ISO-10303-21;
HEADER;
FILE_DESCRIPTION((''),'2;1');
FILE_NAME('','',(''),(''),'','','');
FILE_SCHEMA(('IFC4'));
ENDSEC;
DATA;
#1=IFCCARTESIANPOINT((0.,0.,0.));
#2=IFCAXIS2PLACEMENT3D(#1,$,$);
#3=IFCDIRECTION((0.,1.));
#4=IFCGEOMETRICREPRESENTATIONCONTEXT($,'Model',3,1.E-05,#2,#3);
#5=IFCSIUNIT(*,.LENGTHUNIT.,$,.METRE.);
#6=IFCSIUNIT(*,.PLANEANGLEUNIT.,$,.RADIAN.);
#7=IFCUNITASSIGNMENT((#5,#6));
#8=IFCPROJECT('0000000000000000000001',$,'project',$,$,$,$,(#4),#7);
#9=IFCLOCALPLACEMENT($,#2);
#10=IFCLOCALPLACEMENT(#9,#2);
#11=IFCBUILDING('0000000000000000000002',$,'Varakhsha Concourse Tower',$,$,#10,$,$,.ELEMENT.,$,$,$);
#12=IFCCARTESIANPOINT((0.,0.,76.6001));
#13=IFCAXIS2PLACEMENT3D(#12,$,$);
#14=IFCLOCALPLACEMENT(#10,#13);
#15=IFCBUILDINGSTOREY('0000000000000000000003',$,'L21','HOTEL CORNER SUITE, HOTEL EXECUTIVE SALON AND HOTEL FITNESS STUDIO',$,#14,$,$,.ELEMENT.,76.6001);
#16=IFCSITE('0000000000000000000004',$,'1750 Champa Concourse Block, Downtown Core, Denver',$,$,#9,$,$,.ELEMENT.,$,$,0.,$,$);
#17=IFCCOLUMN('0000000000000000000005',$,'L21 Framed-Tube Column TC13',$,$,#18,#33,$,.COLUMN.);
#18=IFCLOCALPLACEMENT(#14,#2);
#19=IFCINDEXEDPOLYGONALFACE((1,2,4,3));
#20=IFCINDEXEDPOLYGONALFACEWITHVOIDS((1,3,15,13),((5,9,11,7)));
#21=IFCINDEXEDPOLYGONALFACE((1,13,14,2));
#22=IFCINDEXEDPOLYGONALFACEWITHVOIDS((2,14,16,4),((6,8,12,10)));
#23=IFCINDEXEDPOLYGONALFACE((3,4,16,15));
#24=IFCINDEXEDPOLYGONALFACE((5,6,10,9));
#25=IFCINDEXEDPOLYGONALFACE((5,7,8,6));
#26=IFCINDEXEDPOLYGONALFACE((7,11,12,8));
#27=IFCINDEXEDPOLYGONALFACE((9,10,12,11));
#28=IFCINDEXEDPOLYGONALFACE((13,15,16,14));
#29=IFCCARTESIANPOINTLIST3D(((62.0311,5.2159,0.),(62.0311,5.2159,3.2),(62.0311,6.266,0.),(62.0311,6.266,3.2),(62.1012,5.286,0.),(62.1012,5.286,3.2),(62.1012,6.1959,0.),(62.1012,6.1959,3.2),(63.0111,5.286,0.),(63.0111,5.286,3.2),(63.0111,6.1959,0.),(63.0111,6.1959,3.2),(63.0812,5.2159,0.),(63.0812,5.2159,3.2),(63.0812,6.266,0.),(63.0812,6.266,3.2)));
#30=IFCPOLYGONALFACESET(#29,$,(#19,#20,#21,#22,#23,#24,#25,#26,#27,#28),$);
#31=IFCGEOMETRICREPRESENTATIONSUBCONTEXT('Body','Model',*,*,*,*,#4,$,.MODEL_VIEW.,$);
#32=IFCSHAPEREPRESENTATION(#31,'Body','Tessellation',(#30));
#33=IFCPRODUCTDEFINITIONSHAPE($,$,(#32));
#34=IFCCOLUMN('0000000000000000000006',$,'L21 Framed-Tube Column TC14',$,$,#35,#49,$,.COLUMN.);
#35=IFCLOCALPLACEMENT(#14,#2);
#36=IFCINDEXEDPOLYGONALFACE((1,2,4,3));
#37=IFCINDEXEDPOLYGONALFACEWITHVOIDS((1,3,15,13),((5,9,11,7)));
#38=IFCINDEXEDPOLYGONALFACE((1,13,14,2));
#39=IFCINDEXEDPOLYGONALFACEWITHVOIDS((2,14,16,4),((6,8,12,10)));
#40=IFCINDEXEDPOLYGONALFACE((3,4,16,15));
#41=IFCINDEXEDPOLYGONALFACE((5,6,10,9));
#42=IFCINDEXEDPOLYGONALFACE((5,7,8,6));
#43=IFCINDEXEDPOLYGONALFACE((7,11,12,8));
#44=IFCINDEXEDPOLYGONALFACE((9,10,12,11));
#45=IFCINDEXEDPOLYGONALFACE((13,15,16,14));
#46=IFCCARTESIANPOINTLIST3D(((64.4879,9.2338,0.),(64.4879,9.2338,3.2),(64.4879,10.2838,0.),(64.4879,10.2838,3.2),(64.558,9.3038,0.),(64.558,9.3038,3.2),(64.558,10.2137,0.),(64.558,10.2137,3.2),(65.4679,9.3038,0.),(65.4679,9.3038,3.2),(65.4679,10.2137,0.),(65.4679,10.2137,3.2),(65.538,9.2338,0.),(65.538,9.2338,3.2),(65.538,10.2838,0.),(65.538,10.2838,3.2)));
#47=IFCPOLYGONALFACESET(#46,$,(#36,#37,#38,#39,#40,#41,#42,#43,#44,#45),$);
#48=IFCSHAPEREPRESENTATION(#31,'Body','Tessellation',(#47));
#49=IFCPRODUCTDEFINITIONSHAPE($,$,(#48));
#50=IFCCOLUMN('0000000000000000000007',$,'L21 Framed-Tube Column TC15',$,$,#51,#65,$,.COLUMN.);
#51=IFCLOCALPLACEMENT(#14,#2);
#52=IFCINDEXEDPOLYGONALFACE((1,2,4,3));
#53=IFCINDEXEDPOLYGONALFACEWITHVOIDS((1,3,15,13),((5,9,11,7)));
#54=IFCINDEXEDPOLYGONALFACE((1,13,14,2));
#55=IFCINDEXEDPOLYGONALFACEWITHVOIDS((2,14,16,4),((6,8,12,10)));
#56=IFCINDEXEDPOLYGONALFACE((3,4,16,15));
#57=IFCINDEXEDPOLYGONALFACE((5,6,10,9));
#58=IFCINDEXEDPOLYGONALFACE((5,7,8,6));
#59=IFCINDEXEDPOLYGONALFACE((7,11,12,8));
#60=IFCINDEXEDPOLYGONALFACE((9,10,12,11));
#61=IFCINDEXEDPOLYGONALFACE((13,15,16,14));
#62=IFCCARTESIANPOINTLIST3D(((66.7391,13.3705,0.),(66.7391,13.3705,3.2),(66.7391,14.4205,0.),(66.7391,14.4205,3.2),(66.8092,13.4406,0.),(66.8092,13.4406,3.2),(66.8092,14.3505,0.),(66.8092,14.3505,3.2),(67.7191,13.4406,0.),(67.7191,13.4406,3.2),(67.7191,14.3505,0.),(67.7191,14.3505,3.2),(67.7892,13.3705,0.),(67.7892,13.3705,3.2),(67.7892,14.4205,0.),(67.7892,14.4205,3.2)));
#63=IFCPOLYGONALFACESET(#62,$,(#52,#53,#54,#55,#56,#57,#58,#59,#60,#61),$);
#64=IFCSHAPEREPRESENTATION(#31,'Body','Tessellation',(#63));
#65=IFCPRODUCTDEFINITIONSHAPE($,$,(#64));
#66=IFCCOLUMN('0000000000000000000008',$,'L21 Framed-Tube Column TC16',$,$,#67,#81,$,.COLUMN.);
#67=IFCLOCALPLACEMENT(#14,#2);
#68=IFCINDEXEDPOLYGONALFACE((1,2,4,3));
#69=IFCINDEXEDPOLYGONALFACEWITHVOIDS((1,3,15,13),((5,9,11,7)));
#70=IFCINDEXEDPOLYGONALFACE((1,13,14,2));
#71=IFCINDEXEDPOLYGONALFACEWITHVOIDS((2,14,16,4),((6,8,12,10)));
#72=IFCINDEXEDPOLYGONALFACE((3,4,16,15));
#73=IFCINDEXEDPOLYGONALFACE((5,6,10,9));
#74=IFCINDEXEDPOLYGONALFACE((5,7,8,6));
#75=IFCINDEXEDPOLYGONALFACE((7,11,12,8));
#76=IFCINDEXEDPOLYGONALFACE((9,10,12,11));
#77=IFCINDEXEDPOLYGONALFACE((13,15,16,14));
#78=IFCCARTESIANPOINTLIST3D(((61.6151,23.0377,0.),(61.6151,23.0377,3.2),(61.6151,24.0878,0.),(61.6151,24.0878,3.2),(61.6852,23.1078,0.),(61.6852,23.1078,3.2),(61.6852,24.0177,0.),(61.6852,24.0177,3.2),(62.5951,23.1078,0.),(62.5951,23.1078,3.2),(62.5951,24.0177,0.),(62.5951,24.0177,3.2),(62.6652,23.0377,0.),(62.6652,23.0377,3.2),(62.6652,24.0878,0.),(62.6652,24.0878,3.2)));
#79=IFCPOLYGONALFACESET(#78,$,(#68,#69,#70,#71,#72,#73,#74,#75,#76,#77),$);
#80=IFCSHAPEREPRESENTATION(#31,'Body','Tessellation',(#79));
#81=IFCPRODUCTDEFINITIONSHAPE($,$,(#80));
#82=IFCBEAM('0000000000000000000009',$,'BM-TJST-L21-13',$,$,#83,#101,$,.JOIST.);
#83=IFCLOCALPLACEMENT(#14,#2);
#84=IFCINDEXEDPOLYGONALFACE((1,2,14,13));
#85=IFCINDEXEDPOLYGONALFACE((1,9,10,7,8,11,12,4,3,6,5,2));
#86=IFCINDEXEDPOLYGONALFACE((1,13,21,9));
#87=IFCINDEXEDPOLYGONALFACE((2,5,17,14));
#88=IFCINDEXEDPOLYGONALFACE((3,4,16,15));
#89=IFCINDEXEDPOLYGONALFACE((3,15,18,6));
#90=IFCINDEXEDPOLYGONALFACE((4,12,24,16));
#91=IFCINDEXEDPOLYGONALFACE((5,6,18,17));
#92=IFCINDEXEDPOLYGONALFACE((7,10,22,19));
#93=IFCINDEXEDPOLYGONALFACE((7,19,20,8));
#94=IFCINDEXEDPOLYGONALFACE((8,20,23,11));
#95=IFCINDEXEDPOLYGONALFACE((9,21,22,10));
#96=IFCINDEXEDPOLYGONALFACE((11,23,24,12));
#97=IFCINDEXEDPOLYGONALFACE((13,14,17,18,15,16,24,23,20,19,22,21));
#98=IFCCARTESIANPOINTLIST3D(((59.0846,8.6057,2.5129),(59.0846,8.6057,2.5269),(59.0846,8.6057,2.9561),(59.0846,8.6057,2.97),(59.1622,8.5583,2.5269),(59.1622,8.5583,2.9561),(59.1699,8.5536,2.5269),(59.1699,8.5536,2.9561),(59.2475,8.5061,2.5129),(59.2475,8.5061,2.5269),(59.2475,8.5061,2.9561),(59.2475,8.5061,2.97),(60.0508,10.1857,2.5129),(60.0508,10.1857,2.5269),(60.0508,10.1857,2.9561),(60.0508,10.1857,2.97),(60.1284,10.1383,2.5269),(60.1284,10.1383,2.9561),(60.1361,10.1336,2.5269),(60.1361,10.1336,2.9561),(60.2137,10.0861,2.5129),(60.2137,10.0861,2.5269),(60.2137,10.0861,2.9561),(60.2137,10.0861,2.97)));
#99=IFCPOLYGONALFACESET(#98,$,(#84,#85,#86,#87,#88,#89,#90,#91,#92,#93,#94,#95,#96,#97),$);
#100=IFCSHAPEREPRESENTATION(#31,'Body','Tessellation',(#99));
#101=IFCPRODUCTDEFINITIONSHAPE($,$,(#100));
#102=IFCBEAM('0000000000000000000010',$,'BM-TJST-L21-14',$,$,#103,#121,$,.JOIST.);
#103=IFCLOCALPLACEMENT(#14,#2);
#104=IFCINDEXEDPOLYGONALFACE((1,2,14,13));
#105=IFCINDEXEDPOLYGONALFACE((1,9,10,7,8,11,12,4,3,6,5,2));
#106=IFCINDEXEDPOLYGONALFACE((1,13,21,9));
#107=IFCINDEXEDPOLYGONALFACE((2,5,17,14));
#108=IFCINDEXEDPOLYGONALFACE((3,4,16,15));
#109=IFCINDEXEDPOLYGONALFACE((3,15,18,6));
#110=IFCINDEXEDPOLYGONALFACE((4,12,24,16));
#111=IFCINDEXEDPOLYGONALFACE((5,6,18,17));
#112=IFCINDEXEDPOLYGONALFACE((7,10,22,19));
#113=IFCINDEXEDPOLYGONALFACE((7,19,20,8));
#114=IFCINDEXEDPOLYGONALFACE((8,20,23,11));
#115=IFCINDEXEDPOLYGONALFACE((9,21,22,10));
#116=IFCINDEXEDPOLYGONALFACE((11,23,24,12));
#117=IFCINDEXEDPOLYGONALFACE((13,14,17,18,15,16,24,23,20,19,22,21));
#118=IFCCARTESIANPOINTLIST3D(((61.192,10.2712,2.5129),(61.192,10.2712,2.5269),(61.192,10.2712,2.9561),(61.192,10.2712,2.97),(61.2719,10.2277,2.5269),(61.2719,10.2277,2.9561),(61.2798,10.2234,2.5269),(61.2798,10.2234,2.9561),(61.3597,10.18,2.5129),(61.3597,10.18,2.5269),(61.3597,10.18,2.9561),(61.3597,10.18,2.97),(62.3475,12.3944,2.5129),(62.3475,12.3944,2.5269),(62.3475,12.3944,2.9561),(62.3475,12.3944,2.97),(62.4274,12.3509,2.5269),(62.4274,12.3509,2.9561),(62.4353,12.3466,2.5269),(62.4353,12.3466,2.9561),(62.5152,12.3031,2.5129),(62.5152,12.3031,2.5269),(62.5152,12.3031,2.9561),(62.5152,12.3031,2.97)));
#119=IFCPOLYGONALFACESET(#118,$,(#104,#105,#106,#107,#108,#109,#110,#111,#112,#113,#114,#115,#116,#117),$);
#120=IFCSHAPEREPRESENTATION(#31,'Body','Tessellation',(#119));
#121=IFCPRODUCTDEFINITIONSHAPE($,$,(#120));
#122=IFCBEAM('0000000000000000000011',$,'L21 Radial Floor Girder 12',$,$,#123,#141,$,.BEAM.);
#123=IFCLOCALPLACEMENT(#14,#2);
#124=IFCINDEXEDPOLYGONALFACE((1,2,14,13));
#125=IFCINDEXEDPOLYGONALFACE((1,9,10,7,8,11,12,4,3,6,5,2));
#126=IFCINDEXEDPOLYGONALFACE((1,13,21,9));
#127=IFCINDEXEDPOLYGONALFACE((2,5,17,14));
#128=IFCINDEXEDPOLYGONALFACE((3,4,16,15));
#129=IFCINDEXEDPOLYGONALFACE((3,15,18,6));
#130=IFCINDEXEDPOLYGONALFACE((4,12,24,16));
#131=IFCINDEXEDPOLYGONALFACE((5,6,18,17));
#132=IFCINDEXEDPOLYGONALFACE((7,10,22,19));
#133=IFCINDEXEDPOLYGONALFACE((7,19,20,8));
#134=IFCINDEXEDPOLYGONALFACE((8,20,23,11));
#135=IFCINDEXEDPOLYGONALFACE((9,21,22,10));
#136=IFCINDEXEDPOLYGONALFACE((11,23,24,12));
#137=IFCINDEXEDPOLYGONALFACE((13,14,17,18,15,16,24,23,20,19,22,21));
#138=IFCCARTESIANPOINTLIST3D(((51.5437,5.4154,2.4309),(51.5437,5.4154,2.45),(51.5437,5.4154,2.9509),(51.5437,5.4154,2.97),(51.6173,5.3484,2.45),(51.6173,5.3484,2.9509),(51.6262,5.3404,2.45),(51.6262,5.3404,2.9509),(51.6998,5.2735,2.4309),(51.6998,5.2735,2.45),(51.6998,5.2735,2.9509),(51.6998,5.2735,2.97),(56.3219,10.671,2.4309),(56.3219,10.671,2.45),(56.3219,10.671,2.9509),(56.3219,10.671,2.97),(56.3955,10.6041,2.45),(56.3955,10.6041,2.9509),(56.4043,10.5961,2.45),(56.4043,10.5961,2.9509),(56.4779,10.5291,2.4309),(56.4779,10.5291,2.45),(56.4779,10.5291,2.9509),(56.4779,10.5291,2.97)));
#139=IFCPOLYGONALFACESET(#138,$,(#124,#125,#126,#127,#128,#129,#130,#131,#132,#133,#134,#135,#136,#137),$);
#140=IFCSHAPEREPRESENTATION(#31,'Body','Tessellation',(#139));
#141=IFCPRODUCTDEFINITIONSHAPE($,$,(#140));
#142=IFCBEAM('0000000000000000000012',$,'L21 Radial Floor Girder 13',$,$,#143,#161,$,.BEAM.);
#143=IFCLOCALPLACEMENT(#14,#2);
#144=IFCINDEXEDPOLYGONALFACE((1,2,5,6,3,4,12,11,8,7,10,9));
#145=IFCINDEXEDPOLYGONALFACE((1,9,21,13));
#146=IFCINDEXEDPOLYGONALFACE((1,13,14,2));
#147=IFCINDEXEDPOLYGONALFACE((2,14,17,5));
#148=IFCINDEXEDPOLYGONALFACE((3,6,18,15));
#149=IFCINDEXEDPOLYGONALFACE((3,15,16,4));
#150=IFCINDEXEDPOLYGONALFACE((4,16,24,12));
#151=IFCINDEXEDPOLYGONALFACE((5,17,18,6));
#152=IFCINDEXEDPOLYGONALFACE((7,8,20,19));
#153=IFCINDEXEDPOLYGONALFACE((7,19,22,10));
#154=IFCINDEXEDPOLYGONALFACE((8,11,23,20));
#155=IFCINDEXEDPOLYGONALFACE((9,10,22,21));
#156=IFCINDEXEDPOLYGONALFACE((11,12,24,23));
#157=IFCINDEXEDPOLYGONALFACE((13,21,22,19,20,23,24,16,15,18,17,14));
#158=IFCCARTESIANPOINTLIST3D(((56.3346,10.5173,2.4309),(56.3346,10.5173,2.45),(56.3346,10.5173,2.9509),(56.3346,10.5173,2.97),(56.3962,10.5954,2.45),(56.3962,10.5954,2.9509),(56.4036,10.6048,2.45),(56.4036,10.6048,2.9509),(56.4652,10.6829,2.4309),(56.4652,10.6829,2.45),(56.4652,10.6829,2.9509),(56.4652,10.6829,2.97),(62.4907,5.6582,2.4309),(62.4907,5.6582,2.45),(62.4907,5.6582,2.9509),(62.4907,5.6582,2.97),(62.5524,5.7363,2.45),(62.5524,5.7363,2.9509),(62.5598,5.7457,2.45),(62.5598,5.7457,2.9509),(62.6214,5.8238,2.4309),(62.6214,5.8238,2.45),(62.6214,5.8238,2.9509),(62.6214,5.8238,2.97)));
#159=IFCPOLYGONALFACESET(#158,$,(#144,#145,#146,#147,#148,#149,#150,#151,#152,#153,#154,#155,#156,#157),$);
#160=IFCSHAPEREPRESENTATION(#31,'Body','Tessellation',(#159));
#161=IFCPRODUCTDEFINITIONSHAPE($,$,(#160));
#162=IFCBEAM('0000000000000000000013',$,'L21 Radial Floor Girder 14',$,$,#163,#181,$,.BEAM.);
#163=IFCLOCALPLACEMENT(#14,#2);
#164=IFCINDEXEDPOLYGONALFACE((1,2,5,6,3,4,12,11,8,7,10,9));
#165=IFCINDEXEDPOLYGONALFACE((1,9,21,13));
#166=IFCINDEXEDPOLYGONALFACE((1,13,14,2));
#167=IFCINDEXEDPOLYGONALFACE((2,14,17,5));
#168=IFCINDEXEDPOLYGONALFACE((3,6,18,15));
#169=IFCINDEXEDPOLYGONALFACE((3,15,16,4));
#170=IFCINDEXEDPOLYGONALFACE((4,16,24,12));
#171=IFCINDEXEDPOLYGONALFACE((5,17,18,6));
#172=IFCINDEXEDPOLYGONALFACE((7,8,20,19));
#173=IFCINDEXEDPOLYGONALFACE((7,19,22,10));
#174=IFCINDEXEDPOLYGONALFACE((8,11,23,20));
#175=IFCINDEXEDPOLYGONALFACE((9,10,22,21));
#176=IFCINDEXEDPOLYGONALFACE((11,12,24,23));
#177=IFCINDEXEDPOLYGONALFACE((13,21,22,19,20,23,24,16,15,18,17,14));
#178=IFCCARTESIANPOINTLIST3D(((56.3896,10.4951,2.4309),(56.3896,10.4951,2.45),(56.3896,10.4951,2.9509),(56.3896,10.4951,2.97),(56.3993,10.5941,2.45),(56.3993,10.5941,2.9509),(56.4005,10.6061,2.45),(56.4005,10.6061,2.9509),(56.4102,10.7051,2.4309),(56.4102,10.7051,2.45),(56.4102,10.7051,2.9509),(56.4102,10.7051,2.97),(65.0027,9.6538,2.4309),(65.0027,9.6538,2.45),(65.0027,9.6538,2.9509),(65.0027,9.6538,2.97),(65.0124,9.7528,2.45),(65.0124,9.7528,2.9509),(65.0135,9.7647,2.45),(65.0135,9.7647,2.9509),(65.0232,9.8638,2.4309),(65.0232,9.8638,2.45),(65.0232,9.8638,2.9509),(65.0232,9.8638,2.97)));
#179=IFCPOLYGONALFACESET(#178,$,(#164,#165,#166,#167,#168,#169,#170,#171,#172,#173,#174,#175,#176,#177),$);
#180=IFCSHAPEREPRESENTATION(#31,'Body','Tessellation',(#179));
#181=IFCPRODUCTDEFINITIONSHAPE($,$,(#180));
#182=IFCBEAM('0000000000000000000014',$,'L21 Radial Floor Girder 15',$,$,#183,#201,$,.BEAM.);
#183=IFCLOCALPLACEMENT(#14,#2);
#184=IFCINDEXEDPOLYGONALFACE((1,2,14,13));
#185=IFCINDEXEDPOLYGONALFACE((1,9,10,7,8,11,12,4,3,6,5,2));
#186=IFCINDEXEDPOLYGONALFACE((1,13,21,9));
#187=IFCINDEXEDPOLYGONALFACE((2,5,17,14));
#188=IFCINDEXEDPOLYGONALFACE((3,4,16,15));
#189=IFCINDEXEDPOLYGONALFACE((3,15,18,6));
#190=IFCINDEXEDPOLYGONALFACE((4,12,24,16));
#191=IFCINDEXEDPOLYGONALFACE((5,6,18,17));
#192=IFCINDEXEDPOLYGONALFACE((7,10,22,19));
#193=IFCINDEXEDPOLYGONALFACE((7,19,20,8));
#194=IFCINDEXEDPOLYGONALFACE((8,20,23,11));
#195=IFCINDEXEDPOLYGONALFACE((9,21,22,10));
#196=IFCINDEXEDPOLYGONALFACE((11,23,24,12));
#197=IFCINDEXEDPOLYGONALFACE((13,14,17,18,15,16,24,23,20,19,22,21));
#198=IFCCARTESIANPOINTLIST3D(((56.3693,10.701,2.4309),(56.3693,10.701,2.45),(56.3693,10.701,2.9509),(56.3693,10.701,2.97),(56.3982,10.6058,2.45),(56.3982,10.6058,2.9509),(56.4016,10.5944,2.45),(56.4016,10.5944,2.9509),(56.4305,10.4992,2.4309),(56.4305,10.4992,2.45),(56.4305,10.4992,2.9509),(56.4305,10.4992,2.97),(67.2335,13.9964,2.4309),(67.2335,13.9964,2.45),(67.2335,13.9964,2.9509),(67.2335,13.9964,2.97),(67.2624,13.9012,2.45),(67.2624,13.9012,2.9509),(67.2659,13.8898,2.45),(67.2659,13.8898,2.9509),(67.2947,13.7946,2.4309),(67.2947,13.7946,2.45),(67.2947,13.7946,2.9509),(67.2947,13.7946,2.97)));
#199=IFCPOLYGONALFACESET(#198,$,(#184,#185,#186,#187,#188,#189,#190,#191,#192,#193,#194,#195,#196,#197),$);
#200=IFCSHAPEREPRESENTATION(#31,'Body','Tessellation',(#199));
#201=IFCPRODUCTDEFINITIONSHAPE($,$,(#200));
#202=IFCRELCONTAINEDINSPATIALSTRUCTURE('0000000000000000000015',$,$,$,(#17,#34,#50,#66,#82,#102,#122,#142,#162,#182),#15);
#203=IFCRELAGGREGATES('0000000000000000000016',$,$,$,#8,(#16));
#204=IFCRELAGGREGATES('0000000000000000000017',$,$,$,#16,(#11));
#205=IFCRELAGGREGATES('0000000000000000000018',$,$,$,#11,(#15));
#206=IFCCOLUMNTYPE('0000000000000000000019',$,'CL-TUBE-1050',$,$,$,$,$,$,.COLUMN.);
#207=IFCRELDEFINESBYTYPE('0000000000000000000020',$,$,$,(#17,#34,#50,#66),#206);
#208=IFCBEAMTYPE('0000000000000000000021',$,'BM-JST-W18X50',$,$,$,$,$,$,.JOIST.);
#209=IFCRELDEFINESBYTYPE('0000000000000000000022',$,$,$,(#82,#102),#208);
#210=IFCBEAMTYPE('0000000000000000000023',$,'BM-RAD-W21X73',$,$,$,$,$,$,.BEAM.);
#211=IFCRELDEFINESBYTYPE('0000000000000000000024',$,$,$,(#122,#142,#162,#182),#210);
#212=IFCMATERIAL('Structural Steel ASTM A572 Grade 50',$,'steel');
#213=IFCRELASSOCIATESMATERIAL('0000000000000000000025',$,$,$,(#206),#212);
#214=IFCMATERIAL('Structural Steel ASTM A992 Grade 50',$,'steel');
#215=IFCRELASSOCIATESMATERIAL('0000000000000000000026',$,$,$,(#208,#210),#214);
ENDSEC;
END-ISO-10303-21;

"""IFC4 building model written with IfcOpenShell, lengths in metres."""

from ifc_helpers import new_model, si_unit, direction, frame, origin, origin_2d, place, context, subcontext, project, spatial, hollow_rectangle, i_section, extrude, material, material_profile, profile_set, type_object, element, save


model = new_model("IFC4")

# Units and contexts
model_context = context("Model", 3, precision=1e-05, world=origin(), true_north=direction((0.0, 1.0)))
body_context = subcontext(model_context, "Body", "Model", "MODEL_VIEW")
ifc_project = project(units=[si_unit("LENGTHUNIT", "METRE"), si_unit("PLANEANGLEUNIT", "RADIAN")], contexts=[model_context])

# Site, building, storey
site_placement = place(None, origin())
site = spatial("IfcSite", under=ifc_project, at=site_placement, Name="1750 Champa Concourse Block, Downtown Core, Denver", CompositionType="ELEMENT", RefElevation=0.0)
building_placement = place(site_placement, origin())
building = spatial("IfcBuilding", under=site, at=building_placement, Name="Varakhsha Concourse Tower", CompositionType="ELEMENT")
storey_placement = place(building_placement, frame((0.0, 0.0, 76.6001)))
storey = spatial("IfcBuildingStorey", under=building, at=storey_placement, Name="L21", Description="HOTEL CORNER SUITE, HOTEL EXECUTIVE SALON AND HOTEL FITNESS STUDIO", CompositionType="ELEMENT", Elevation=76.6001)

# Columns
ifc_material_1 = material(Name="Structural Steel ASTM A572 Grade 50", Category="steel")
ifc_material_profile_1 = material_profile(ifc_material_1, hollow_rectangle(XDim=1.05, YDim=1.05, WallThickness=0.0701, at=origin_2d()), Name="BOX 1050x1050x70")
ifc_profile_set_1 = profile_set([ifc_material_profile_1], Name="Structural Steel ASTM A572 Grade 50")
column_type = type_object("IfcColumnType", Name="CL-TUBE-1050", PredefinedType="COLUMN", material=ifc_profile_set_1)
for number, where, z_axis, x_axis, name in (
    (1, (62.5562, 5.741, 0.0), (0.0, 0.0, 1.0), (1.0, 0.0, 0.0), "L21 Framed-Tube Column TC13"),
    (2, (65.0129, 9.7588, 0.0), (0.0, 0.0, 1.0), (1.0, 0.0, 0.0), "L21 Framed-Tube Column TC14"),
    (3, (67.2642, 13.8955, 0.0), (0.0, 0.0, 1.0), (1.0, 0.0, 0.0), "L21 Framed-Tube Column TC15"),
    (4, (62.1401, 23.5627, 0.0), (0.0, 0.0, 1.0), (1.0, 0.0, 0.0), "L21 Framed-Tube Column TC16"),
):
    element("IfcColumn", number, at=place(storey_placement, frame(where, z_axis=z_axis, x_axis=x_axis)), inside=storey, type_object=column_type, Name=name, PredefinedType="COLUMN", context=body_context, shape_type="SweptSolid", body=[
        extrude(hollow_rectangle(XDim=1.05, YDim=1.05, WallThickness=0.0701, at=origin_2d()), origin(), (0.0, 0.0, 1.0), 3.2),
    ])

# Beams
ifc_material_2 = material(Name="Structural Steel ASTM A992 Grade 50", Category="steel")
ifc_material_profile_2 = material_profile(ifc_material_2, i_section(OverallWidth=0.1909, OverallDepth=0.457, WebThickness=0.009, FlangeThickness=0.0139, at=origin_2d()), Name="W18X50")
ifc_profile_set_2 = profile_set([ifc_material_profile_2], Name="Structural Steel ASTM A992 Grade 50")
beam_type_1 = type_object("IfcBeamType", Name="BM-JST-W18X50", PredefinedType="JOIST", material=ifc_profile_set_2)
beam_1_placement = place(storey_placement, frame((59.166, 8.5559, 2.7415), z_axis=(0.521727, 0.853112, 0.0), x_axis=(-0.853112, 0.521727, 0.0)))
element("IfcBeam", 5, at=beam_1_placement, inside=storey, type_object=beam_type_1, Name="BM-TJST-L21-13", PredefinedType="JOIST", context=body_context, shape_type="SweptSolid", body=[
    extrude(i_section(OverallWidth=0.1909, OverallDepth=0.457, WebThickness=0.009, FlangeThickness=0.0139, at=origin_2d()), origin(), (0.0, 0.0, 1.0), 1.8521),
])
beam_2_placement = place(storey_placement, frame((61.2759, 10.2256, 2.7415), z_axis=(0.47801, 0.878354, 0.0), x_axis=(-0.878354, 0.47801, 0.0)))
element("IfcBeam", 6, at=beam_2_placement, inside=storey, type_object=beam_type_1, Name="BM-TJST-L21-14", PredefinedType="JOIST", context=body_context, shape_type="SweptSolid", body=[
    extrude(i_section(OverallWidth=0.1909, OverallDepth=0.457, WebThickness=0.009, FlangeThickness=0.0139, at=origin_2d()), origin(), (0.0, 0.0, 1.0), 2.4172),
])
ifc_material_profile_3 = material_profile(ifc_material_2, i_section(OverallWidth=0.2109, OverallDepth=0.5391, WebThickness=0.012, FlangeThickness=0.019, at=origin_2d()), Name="W21X73")
ifc_profile_set_3 = profile_set([ifc_material_profile_3], Name="Structural Steel ASTM A992 Grade 50")
beam_type_2 = type_object("IfcBeamType", Name="BM-RAD-W21X73", PredefinedType="BEAM", material=ifc_profile_set_3)
beam_3_placement = place(storey_placement, frame((56.3999, 10.6001, 2.7004), z_axis=(-0.672692, -0.739923, 0.0), x_axis=(0.739923, -0.672692, 0.0)))
element("IfcBeam", 7, at=beam_3_placement, inside=storey, type_object=beam_type_2, Name="L21 Radial Floor Girder 12", PredefinedType="BEAM", context=body_context, shape_type="SweptSolid", body=[
    extrude(i_section(OverallWidth=0.2109, OverallDepth=0.5391, WebThickness=0.012, FlangeThickness=0.019, at=origin_2d()), origin(), (0.0, 0.0, 1.0), 7.103),
])
beam_4_placement = place(storey_placement, frame((56.3999, 10.6001, 2.7004), z_axis=(0.784949, -0.619561, 0.0), x_axis=(0.619561, 0.784949, 0.0)))
element("IfcBeam", 8, at=beam_4_placement, inside=storey, type_object=beam_type_2, Name="L21 Radial Floor Girder 13", PredefinedType="BEAM", context=body_context, shape_type="SweptSolid", body=[
    extrude(i_section(OverallWidth=0.2109, OverallDepth=0.5391, WebThickness=0.012, FlangeThickness=0.019, at=origin_2d()), origin(), (0.0, 0.0, 1.0), 7.8428),
])
beam_5_placement = place(storey_placement, frame((56.3999, 10.6001, 2.7004), z_axis=(0.995263, -0.097216, 0.0), x_axis=(0.097216, 0.995263, 0.0)))
element("IfcBeam", 9, at=beam_5_placement, inside=storey, type_object=beam_type_2, Name="L21 Radial Floor Girder 14", PredefinedType="BEAM", context=body_context, shape_type="SweptSolid", body=[
    extrude(i_section(OverallWidth=0.2109, OverallDepth=0.5391, WebThickness=0.012, FlangeThickness=0.019, at=origin_2d()), origin(), (0.0, 0.0, 1.0), 8.6541),
])
beam_6_placement = place(storey_placement, frame((56.3999, 10.6001, 2.7004), z_axis=(0.956946, 0.290266, 0.0), x_axis=(-0.290266, 0.956946, 0.0)))
element("IfcBeam", 10, at=beam_6_placement, inside=storey, type_object=beam_type_2, Name="L21 Radial Floor Girder 15", PredefinedType="BEAM", context=body_context, shape_type="SweptSolid", body=[
    extrude(i_section(OverallWidth=0.2109, OverallDepth=0.5391, WebThickness=0.012, FlangeThickness=0.019, at=origin_2d()), origin(), (0.0, 0.0, 1.0), 11.353),
])

save(model, "model.ifc")
